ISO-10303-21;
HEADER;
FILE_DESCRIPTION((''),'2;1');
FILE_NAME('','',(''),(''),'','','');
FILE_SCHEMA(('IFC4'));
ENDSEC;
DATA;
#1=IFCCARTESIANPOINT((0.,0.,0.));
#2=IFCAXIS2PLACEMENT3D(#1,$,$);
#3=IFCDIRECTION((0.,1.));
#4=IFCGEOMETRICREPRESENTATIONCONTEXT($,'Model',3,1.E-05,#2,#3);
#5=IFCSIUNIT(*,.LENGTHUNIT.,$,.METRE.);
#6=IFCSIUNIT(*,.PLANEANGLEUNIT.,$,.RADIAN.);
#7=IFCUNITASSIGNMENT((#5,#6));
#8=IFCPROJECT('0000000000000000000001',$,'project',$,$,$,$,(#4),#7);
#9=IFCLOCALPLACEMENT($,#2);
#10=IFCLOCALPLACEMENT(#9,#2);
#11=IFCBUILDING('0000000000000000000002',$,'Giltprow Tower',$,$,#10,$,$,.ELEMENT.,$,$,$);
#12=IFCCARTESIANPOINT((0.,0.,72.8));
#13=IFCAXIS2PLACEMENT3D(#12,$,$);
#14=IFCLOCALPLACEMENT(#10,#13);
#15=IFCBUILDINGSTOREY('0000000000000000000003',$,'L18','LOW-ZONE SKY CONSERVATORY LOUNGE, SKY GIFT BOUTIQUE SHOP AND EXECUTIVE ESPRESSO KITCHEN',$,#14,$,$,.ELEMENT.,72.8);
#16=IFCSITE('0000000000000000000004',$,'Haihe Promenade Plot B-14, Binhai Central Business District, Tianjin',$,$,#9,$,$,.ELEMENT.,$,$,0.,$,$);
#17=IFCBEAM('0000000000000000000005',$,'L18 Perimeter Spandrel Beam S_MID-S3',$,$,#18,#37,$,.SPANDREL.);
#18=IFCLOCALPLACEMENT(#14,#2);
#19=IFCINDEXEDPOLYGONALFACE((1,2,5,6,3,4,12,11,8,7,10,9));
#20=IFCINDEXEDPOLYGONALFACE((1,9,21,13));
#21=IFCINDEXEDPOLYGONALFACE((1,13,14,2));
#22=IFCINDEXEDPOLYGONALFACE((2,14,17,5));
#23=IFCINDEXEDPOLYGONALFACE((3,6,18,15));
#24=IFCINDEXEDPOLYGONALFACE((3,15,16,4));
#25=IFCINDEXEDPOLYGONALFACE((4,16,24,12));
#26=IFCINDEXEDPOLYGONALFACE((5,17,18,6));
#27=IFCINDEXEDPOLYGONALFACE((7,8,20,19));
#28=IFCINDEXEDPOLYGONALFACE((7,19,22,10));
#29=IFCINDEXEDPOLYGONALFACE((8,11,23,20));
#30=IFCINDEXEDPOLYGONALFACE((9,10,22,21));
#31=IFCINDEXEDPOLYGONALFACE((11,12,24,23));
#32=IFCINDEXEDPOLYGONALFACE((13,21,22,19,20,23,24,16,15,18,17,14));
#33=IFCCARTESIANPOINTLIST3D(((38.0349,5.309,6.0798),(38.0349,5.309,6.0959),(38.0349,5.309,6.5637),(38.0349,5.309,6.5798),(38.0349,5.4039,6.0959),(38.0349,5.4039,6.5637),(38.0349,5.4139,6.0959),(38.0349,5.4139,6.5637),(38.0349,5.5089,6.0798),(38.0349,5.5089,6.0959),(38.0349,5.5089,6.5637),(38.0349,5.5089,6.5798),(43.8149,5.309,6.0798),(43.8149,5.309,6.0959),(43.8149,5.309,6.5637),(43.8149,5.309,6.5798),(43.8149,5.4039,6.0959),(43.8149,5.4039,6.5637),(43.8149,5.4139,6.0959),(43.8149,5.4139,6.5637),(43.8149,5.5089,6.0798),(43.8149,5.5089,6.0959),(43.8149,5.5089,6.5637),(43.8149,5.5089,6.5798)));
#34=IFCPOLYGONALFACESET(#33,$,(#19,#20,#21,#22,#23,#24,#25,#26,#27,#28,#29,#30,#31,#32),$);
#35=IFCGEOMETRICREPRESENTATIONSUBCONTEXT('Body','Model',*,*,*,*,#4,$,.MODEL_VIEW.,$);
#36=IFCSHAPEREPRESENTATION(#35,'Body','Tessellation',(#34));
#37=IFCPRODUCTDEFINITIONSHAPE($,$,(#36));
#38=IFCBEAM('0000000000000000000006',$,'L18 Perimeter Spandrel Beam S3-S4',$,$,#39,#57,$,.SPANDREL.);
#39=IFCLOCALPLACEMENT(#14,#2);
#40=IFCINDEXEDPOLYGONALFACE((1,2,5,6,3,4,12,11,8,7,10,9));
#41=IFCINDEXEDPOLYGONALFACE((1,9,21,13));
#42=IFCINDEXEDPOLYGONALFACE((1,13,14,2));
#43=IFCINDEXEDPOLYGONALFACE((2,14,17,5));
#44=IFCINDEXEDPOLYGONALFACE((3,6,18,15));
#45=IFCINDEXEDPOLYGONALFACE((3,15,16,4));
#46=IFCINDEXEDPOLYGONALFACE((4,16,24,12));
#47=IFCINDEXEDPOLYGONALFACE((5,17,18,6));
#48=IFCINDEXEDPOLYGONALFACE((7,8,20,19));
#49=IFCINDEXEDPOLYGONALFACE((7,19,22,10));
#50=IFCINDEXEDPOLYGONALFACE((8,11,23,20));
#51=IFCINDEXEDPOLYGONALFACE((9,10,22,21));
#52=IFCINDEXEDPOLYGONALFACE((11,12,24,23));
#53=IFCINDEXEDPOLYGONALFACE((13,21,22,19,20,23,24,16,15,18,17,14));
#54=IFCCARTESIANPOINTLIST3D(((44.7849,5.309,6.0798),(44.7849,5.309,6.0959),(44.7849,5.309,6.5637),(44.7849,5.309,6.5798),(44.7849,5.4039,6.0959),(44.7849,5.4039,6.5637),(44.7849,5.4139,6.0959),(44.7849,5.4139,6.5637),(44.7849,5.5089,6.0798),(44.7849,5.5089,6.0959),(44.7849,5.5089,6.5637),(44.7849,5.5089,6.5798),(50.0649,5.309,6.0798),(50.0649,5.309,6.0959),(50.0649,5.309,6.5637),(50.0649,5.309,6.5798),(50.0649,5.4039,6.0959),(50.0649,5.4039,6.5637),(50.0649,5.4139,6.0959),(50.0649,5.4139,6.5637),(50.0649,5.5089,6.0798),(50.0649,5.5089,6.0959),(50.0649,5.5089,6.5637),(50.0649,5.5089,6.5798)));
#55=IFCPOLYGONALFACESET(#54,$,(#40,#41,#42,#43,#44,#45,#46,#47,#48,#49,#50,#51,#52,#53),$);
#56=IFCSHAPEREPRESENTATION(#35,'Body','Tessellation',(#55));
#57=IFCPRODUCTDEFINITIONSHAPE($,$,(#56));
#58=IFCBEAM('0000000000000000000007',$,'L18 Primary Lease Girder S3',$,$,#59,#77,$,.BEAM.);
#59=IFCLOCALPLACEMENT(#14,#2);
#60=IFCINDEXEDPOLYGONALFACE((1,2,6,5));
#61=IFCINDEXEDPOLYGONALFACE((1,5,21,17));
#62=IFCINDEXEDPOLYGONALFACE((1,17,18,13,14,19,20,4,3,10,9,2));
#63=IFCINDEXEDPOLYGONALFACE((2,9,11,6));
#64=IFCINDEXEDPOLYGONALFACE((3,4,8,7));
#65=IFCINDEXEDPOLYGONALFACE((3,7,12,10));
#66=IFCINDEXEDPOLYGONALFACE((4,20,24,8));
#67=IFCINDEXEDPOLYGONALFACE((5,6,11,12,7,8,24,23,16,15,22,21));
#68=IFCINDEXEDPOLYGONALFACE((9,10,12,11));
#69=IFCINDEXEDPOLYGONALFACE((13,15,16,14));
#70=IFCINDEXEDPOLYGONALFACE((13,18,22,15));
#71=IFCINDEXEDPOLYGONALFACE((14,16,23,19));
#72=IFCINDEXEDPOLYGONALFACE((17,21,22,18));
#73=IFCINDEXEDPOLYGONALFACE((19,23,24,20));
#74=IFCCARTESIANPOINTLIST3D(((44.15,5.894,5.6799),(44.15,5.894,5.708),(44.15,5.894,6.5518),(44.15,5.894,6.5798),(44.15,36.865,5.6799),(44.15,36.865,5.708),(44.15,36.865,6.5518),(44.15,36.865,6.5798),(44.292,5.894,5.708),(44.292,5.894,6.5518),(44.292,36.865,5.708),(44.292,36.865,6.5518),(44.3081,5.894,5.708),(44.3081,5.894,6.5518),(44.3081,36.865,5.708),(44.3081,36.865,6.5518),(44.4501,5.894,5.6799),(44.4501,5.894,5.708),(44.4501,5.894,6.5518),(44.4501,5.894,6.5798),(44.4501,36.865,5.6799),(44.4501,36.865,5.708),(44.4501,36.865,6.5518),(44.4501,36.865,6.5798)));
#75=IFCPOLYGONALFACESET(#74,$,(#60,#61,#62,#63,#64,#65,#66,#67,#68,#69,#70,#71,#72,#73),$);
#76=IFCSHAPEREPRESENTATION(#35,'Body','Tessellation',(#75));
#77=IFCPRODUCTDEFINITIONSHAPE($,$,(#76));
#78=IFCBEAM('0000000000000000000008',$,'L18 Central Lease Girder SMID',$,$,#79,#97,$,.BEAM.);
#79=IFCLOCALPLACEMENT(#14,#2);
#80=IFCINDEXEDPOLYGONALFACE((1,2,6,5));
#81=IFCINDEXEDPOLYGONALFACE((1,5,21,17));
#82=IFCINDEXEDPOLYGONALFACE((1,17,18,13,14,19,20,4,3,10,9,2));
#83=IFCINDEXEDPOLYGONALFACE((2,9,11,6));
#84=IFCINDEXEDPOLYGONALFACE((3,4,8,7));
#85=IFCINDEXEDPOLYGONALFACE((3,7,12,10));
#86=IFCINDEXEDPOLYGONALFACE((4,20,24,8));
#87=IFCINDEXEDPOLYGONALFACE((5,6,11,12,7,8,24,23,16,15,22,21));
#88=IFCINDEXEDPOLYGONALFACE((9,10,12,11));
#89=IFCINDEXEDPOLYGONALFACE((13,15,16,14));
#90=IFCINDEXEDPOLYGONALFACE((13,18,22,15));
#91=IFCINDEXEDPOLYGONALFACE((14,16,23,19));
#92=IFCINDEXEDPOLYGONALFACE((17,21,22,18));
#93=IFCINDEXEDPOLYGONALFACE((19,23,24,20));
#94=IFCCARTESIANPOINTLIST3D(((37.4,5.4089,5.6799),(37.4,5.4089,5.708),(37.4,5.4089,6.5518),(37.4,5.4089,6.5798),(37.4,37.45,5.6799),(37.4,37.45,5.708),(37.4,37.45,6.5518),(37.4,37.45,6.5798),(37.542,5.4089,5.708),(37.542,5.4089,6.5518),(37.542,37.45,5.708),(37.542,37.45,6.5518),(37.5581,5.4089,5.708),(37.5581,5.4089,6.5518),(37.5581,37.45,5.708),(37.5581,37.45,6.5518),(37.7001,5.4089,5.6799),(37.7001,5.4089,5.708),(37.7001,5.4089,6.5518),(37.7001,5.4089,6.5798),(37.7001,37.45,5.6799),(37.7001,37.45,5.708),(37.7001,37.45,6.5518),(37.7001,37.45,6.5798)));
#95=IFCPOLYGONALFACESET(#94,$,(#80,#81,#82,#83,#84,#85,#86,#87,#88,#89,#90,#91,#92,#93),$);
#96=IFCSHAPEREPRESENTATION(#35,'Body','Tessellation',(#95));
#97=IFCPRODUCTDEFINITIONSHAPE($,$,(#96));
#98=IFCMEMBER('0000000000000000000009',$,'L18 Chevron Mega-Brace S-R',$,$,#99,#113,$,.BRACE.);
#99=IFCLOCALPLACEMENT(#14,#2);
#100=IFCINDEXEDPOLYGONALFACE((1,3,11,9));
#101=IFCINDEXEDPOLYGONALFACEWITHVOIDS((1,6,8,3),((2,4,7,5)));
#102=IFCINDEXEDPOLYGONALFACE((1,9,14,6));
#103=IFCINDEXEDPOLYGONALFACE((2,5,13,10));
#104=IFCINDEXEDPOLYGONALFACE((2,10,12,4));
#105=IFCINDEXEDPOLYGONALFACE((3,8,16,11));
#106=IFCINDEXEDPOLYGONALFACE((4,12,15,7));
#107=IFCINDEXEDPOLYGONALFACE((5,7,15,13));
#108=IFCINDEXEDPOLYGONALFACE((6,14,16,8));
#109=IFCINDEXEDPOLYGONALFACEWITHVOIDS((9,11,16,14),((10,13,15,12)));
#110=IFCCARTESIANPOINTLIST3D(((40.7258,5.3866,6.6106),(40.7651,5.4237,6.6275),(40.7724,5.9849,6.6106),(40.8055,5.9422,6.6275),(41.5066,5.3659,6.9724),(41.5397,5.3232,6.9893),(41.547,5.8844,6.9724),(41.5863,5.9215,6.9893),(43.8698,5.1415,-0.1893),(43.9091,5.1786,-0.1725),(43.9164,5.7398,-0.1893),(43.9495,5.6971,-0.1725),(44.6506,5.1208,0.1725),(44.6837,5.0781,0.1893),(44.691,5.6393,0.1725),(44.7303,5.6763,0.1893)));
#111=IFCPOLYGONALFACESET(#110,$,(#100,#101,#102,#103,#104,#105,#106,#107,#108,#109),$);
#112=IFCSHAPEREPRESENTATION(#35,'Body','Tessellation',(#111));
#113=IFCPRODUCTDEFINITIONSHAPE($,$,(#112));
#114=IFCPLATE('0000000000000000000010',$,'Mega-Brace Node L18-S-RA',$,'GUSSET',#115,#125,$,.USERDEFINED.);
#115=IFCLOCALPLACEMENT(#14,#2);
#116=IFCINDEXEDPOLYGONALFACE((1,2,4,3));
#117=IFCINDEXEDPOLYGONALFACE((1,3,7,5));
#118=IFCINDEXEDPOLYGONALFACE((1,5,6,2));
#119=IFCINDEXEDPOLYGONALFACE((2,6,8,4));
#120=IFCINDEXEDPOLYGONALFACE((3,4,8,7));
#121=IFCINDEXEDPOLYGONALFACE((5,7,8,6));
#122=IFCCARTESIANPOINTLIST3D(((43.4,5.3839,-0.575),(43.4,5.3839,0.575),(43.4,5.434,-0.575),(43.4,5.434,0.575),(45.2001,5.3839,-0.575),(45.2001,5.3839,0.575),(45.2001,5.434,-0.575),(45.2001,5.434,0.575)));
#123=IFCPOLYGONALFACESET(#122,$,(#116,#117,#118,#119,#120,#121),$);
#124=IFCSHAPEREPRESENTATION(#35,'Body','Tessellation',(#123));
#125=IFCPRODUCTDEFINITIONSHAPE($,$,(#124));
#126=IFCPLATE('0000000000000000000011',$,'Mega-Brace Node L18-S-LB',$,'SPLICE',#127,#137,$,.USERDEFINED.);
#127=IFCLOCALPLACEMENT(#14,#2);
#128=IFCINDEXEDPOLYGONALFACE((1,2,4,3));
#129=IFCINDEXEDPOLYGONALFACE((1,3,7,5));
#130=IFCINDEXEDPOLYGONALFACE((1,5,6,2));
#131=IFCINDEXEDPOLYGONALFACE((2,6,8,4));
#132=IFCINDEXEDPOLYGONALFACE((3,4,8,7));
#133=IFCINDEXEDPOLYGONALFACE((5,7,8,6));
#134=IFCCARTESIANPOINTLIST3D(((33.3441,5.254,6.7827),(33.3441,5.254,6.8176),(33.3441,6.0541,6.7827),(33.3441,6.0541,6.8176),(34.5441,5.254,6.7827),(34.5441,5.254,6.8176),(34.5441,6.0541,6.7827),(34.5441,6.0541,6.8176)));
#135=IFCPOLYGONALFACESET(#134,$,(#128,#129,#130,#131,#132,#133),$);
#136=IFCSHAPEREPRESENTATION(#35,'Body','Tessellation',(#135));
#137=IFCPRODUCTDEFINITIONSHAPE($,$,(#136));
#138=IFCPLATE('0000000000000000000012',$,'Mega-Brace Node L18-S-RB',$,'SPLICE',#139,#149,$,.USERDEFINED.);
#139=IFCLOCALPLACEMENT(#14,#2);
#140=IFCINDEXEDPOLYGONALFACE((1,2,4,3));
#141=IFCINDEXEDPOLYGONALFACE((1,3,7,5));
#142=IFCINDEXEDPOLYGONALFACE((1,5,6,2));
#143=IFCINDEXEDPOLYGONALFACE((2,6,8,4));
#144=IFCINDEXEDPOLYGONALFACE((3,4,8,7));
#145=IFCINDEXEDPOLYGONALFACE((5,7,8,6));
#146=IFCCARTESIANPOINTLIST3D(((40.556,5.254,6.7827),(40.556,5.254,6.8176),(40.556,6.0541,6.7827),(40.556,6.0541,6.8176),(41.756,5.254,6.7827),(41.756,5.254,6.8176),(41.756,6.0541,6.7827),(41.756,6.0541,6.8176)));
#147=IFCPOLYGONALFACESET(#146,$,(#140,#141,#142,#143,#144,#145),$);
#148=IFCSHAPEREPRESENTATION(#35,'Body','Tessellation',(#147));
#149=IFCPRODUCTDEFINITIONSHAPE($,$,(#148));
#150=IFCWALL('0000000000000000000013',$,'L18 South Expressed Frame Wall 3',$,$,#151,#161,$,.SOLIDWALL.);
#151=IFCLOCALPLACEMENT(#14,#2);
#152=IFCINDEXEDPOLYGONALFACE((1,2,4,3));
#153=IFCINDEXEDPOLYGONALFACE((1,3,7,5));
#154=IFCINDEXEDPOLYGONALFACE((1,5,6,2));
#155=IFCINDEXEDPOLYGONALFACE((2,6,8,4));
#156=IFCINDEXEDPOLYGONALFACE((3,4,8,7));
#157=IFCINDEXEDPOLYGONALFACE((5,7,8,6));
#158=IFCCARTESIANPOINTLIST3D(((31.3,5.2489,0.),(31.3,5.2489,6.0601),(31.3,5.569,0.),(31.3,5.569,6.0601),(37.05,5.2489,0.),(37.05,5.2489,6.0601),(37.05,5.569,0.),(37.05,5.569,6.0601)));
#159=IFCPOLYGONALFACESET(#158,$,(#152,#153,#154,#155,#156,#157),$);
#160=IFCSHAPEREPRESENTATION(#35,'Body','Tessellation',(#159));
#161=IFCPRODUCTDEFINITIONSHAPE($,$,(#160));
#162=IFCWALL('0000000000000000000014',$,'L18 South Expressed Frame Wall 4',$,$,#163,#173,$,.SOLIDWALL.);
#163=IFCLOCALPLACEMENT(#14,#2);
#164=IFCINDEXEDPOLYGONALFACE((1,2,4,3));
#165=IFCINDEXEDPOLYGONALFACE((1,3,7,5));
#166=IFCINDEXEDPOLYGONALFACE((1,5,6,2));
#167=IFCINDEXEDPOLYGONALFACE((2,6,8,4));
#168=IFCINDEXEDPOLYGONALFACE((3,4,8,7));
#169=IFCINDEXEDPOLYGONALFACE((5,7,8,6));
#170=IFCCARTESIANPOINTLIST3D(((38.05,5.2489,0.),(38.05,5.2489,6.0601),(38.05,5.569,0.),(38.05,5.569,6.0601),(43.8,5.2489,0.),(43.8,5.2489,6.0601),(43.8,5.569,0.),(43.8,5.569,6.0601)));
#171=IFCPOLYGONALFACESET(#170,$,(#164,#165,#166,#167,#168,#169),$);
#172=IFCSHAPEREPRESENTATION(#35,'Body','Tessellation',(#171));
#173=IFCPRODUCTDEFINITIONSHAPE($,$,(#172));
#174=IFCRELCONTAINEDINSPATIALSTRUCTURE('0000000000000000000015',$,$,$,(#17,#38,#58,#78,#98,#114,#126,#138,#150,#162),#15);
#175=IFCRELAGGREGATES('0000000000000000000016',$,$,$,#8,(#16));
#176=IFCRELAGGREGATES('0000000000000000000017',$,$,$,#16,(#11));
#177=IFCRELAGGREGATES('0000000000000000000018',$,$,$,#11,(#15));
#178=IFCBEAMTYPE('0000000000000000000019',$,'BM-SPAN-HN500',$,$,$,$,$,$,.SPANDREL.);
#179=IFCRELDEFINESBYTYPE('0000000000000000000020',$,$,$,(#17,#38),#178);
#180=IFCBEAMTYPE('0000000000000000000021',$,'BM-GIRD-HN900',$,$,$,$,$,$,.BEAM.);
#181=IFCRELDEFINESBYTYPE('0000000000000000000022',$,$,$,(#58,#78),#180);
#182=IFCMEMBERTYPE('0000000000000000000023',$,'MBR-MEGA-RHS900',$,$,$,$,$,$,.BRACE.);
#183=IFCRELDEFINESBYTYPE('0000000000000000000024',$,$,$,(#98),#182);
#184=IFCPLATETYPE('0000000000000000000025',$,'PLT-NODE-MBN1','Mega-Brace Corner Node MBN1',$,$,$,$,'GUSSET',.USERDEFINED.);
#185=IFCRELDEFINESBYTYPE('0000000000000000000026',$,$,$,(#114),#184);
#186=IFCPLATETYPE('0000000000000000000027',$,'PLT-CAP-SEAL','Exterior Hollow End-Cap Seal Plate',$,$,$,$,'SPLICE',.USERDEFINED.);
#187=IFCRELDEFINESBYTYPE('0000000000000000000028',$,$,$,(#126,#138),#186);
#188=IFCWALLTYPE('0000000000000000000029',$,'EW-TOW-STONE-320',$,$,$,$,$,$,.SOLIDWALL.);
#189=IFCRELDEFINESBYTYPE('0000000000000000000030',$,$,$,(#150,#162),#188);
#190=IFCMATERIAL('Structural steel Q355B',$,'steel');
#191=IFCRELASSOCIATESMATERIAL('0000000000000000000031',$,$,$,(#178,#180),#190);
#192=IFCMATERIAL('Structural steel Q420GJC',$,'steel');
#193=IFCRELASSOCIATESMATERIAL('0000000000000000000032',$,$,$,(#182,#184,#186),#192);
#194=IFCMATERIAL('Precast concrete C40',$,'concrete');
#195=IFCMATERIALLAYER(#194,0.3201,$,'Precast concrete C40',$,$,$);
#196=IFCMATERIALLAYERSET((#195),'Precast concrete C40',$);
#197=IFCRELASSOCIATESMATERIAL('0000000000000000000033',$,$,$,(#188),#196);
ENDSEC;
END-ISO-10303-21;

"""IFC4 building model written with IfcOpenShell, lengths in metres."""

from ifc_helpers import new_model, si_unit, direction, frame, frame_2d, origin, origin_2d, place, context, subcontext, project, spatial, rectangle, hollow_rectangle, i_section, extrude, source, transform, mapped, material, layer, layer_set, material_profile, profile_set, type_object, element, save


model = new_model("IFC4")

# Units and contexts
model_context = context("Model", 3, precision=1e-05, world=origin(), true_north=direction((0.0, 1.0)))
body_context = subcontext(model_context, "Body", "Model", "MODEL_VIEW")
ifc_project = project(units=[si_unit("LENGTHUNIT", "METRE"), si_unit("PLANEANGLEUNIT", "RADIAN")], contexts=[model_context])

# Site, building, storey
site_placement = place(None, origin())
site = spatial("IfcSite", under=ifc_project, at=site_placement, Name="Haihe Promenade Plot B-14, Binhai Central Business District, Tianjin", CompositionType="ELEMENT", RefElevation=0.0)
building_placement = place(site_placement, origin())
building = spatial("IfcBuilding", under=site, at=building_placement, Name="Giltprow Tower", CompositionType="ELEMENT")
storey_placement = place(building_placement, frame((0.0, 0.0, 72.8)))
storey = spatial("IfcBuildingStorey", under=building, at=storey_placement, Name="L18", Description="LOW-ZONE SKY CONSERVATORY LOUNGE, SKY GIFT BOUTIQUE SHOP AND EXECUTIVE ESPRESSO KITCHEN", CompositionType="ELEMENT", Elevation=72.8)

# Shared definitions
ifc_material_1 = material(Name="Structural steel Q420GJC", Category="steel")

# Beams
ifc_material_2 = material(Name="Structural steel Q355B", Category="steel")
ifc_material_profile_1 = material_profile(ifc_material_2, i_section(OverallWidth=0.2, OverallDepth=0.5, WebThickness=0.01, FlangeThickness=0.0161, at=origin_2d()), Name="HN 500x200x10x16")
ifc_profile_set_1 = profile_set([ifc_material_profile_1], Name="Structural steel Q355B")
beam_type_1 = type_object("IfcBeamType", Name="BM-SPAN-HN500", PredefinedType="SPANDREL", material=ifc_profile_set_1)
shared_shape_1 = source(origin(), body_context, "Body", "SweptSolid", [
    extrude(i_section(OverallWidth=0.2, OverallDepth=0.5, WebThickness=0.01, FlangeThickness=0.0161, at=origin_2d()), origin(), (0.0, 0.0, 1.0), 5.78),
])
for number, where, z_axis, x_axis, name in (
    (1, (38.0349, 5.4089, 6.3298), (1.0, 0.0, 0.0), (0.0, 1.0, 0.0), "L18 Perimeter Spandrel Beam S_MID-S3"),
):
    element("IfcBeam", number, at=place(storey_placement, frame(where, z_axis=z_axis, x_axis=x_axis)), inside=storey, type_object=beam_type_1, Name=name, PredefinedType="SPANDREL", context=body_context, shape_type="MappedRepresentation", body=[
        mapped(shared_shape_1, transform((0.0, 0.0, 0.0), x_axis=(1.0, 0.0, 0.0), y_axis=(0.0, 1.0, 0.0), z_axis=(0.0, 0.0, 1.0), scale=1.0)),
    ])
shared_shape_2 = source(origin(), body_context, "Body", "SweptSolid", [
    extrude(i_section(OverallWidth=0.2, OverallDepth=0.5, WebThickness=0.01, FlangeThickness=0.0161, at=origin_2d()), origin(), (0.0, 0.0, 1.0), 5.28),
])
beam_1_placement = place(storey_placement, frame((44.7849, 5.4089, 6.3298), z_axis=(1.0, 0.0, 0.0), x_axis=(0.0, 1.0, 0.0)))
element("IfcBeam", 2, at=beam_1_placement, inside=storey, type_object=beam_type_1, Name="L18 Perimeter Spandrel Beam S3-S4", PredefinedType="SPANDREL", context=body_context, shape_type="MappedRepresentation", body=[
    mapped(shared_shape_2, transform((0.0, 0.0, 0.0), x_axis=(1.0, 0.0, 0.0), y_axis=(0.0, 1.0, 0.0), z_axis=(0.0, 0.0, 1.0), scale=1.0)),
])
ifc_material_profile_2 = material_profile(ifc_material_2, i_section(OverallWidth=0.3, OverallDepth=0.8999, WebThickness=0.0161, FlangeThickness=0.0281, at=origin_2d()), Name="HN 900x300x16x28")
ifc_profile_set_2 = profile_set([ifc_material_profile_2], Name="Structural steel Q355B")
beam_type_2 = type_object("IfcBeamType", Name="BM-GIRD-HN900", PredefinedType="BEAM", material=ifc_profile_set_2)
shared_shape_3 = source(origin(), body_context, "Body", "SweptSolid", [
    extrude(i_section(OverallWidth=0.3, OverallDepth=0.8999, WebThickness=0.0161, FlangeThickness=0.0281, at=origin_2d()), origin(), (0.0, 0.0, 1.0), 30.9709),
])
beam_2_placement = place(storey_placement, frame((44.3, 5.894, 6.1299), z_axis=(0.0, 1.0, 0.0), x_axis=(-1.0, 0.0, 0.0)))
element("IfcBeam", 3, at=beam_2_placement, inside=storey, type_object=beam_type_2, Name="L18 Primary Lease Girder S3", PredefinedType="BEAM", context=body_context, shape_type="MappedRepresentation", body=[
    mapped(shared_shape_3, transform((0.0, 0.0, 0.0), x_axis=(1.0, 0.0, 0.0), y_axis=(0.0, 1.0, 0.0), z_axis=(0.0, 0.0, 1.0), scale=1.0)),
])
shared_shape_4 = source(origin(), body_context, "Body", "SweptSolid", [
    extrude(i_section(OverallWidth=0.3, OverallDepth=0.8999, WebThickness=0.0161, FlangeThickness=0.0281, at=origin_2d()), origin(), (0.0, 0.0, 1.0), 32.041),
])
beam_3_placement = place(storey_placement, frame((37.55, 5.4089, 6.1299), z_axis=(0.0, 1.0, 0.0), x_axis=(-1.0, 0.0, 0.0)))
element("IfcBeam", 4, at=beam_3_placement, inside=storey, type_object=beam_type_2, Name="L18 Central Lease Girder SMID", PredefinedType="BEAM", context=body_context, shape_type="MappedRepresentation", body=[
    mapped(shared_shape_4, transform((0.0, 0.0, 0.0), x_axis=(1.0, 0.0, 0.0), y_axis=(0.0, 1.0, 0.0), z_axis=(0.0, 0.0, 1.0), scale=1.0)),
])

# Member
ifc_material_profile_3 = material_profile(ifc_material_1, hollow_rectangle(XDim=0.6001, YDim=0.8999, WallThickness=0.04, at=origin_2d()), Name="RHS 900x600x40")
ifc_profile_set_3 = profile_set([ifc_material_profile_3], Name="Structural steel Q420GJC")
member_type = type_object("IfcMemberType", Name="MBR-MEGA-RHS900", PredefinedType="BRACE", material=ifc_profile_set_3)
shared_shape_5 = source(origin(), body_context, "Body", "SweptSolid", [
    extrude(hollow_rectangle(XDim=0.6001, YDim=0.8999, WallThickness=0.04, at=origin_2d()), origin(), (0.0, 0.0, 1.0), 7.4956),
])
member_placement = place(storey_placement, frame((44.3, 5.4089, 0.0), z_axis=(-0.419445, 0.032701, 0.907191), x_axis=(-0.077727, -0.996975, 0.0)))
element("IfcMember", 5, at=member_placement, inside=storey, type_object=member_type, Name="L18 Chevron Mega-Brace S-R", PredefinedType="BRACE", context=body_context, shape_type="MappedRepresentation", body=[
    mapped(shared_shape_5, transform((0.0, 0.0, 0.0), x_axis=(1.0, 0.0, 0.0), y_axis=(0.0, 1.0, 0.0), z_axis=(0.0, 0.0, 1.0), scale=1.0)),
])

# Plates
plate_type_1 = type_object("IfcPlateType", Name="PLT-NODE-MBN1", Description="Mega-Brace Corner Node MBN1", ElementType="GUSSET", PredefinedType="USERDEFINED", material=ifc_material_1)
shared_shape_6 = source(origin(), body_context, "Body", "SweptSolid", [
    extrude(rectangle(XDim=1.8, YDim=0.05, at=origin_2d()), origin(), (0.0, 0.0, 1.0), 1.1499),
])
plate_placement = place(storey_placement, frame((44.3, 5.4089, -0.575), z_axis=(0.0, 0.0, 1.0), x_axis=(1.0, 0.0, 0.0)))
element("IfcPlate", 6, at=plate_placement, inside=storey, type_object=plate_type_1, Name="Mega-Brace Node L18-S-RA", ObjectType="GUSSET", PredefinedType="USERDEFINED", context=body_context, shape_type="MappedRepresentation", body=[
    mapped(shared_shape_6, transform((0.0, 0.0, 0.0), x_axis=(1.0, 0.0, 0.0), y_axis=(0.0, 1.0, 0.0), z_axis=(0.0, 0.0, 1.0), scale=1.0)),
])
plate_type_2 = type_object("IfcPlateType", Name="PLT-CAP-SEAL", Description="Exterior Hollow End-Cap Seal Plate", ElementType="SPLICE", PredefinedType="USERDEFINED", material=ifc_material_1)
shared_shape_7 = source(origin(), body_context, "Body", "SweptSolid", [
    extrude(rectangle(XDim=1.2, YDim=0.8, at=origin_2d()), origin(), (0.0, 0.0, 1.0), 0.0349),
])
for number, where, z_axis, x_axis, name in (
    (7, (33.9441, 5.6541, 6.7827), (0.0, 0.0, 1.0), (1.0, 0.0, 0.0), "Mega-Brace Node L18-S-LB"),
    (8, (41.156, 5.6541, 6.7827), (0.0, 0.0, 1.0), (1.0, 0.0, 0.0), "Mega-Brace Node L18-S-RB"),
):
    element("IfcPlate", number, at=place(storey_placement, frame(where, z_axis=z_axis, x_axis=x_axis)), inside=storey, type_object=plate_type_2, Name=name, ObjectType="SPLICE", PredefinedType="USERDEFINED", context=body_context, shape_type="MappedRepresentation", body=[
        mapped(shared_shape_7, transform((0.0, 0.0, 0.0), x_axis=(1.0, 0.0, 0.0), y_axis=(0.0, 1.0, 0.0), z_axis=(0.0, 0.0, 1.0), scale=1.0)),
    ])

# Walls
ifc_material_3 = material(Name="Precast concrete C40", Category="concrete")
ifc_layer_1 = layer(ifc_material_3, 0.3201, Name="Precast concrete C40")
ifc_layer_set_1 = layer_set([ifc_layer_1], Name="Precast concrete C40")
wall_type_1 = type_object("IfcWallType", Name="EW-TOW-STONE-320", PredefinedType="SOLIDWALL", material=ifc_layer_set_1)
for number, where, z_axis, x_axis, name in (
    (9, (31.3, 5.4089, 0.0), (0.0, 0.0, 1.0), (1.0, 0.0, 0.0), "L18 South Expressed Frame Wall 3"),
    (10, (38.05, 5.4089, 0.0), (0.0, 0.0, 1.0), (1.0, 0.0, 0.0), "L18 South Expressed Frame Wall 4"),
):
    element("IfcWall", number, at=place(storey_placement, frame(where, z_axis=z_axis, x_axis=x_axis)), inside=storey, type_object=wall_type_1, Name=name, PredefinedType="SOLIDWALL", context=body_context, shape_type="SweptSolid", body=[
        extrude(rectangle(XDim=5.75, YDim=0.3201, at=frame_2d((2.875, 0.0))), origin(), (0.0, 0.0, 1.0), 6.0601),
    ])

save(model, "model.ifc")
